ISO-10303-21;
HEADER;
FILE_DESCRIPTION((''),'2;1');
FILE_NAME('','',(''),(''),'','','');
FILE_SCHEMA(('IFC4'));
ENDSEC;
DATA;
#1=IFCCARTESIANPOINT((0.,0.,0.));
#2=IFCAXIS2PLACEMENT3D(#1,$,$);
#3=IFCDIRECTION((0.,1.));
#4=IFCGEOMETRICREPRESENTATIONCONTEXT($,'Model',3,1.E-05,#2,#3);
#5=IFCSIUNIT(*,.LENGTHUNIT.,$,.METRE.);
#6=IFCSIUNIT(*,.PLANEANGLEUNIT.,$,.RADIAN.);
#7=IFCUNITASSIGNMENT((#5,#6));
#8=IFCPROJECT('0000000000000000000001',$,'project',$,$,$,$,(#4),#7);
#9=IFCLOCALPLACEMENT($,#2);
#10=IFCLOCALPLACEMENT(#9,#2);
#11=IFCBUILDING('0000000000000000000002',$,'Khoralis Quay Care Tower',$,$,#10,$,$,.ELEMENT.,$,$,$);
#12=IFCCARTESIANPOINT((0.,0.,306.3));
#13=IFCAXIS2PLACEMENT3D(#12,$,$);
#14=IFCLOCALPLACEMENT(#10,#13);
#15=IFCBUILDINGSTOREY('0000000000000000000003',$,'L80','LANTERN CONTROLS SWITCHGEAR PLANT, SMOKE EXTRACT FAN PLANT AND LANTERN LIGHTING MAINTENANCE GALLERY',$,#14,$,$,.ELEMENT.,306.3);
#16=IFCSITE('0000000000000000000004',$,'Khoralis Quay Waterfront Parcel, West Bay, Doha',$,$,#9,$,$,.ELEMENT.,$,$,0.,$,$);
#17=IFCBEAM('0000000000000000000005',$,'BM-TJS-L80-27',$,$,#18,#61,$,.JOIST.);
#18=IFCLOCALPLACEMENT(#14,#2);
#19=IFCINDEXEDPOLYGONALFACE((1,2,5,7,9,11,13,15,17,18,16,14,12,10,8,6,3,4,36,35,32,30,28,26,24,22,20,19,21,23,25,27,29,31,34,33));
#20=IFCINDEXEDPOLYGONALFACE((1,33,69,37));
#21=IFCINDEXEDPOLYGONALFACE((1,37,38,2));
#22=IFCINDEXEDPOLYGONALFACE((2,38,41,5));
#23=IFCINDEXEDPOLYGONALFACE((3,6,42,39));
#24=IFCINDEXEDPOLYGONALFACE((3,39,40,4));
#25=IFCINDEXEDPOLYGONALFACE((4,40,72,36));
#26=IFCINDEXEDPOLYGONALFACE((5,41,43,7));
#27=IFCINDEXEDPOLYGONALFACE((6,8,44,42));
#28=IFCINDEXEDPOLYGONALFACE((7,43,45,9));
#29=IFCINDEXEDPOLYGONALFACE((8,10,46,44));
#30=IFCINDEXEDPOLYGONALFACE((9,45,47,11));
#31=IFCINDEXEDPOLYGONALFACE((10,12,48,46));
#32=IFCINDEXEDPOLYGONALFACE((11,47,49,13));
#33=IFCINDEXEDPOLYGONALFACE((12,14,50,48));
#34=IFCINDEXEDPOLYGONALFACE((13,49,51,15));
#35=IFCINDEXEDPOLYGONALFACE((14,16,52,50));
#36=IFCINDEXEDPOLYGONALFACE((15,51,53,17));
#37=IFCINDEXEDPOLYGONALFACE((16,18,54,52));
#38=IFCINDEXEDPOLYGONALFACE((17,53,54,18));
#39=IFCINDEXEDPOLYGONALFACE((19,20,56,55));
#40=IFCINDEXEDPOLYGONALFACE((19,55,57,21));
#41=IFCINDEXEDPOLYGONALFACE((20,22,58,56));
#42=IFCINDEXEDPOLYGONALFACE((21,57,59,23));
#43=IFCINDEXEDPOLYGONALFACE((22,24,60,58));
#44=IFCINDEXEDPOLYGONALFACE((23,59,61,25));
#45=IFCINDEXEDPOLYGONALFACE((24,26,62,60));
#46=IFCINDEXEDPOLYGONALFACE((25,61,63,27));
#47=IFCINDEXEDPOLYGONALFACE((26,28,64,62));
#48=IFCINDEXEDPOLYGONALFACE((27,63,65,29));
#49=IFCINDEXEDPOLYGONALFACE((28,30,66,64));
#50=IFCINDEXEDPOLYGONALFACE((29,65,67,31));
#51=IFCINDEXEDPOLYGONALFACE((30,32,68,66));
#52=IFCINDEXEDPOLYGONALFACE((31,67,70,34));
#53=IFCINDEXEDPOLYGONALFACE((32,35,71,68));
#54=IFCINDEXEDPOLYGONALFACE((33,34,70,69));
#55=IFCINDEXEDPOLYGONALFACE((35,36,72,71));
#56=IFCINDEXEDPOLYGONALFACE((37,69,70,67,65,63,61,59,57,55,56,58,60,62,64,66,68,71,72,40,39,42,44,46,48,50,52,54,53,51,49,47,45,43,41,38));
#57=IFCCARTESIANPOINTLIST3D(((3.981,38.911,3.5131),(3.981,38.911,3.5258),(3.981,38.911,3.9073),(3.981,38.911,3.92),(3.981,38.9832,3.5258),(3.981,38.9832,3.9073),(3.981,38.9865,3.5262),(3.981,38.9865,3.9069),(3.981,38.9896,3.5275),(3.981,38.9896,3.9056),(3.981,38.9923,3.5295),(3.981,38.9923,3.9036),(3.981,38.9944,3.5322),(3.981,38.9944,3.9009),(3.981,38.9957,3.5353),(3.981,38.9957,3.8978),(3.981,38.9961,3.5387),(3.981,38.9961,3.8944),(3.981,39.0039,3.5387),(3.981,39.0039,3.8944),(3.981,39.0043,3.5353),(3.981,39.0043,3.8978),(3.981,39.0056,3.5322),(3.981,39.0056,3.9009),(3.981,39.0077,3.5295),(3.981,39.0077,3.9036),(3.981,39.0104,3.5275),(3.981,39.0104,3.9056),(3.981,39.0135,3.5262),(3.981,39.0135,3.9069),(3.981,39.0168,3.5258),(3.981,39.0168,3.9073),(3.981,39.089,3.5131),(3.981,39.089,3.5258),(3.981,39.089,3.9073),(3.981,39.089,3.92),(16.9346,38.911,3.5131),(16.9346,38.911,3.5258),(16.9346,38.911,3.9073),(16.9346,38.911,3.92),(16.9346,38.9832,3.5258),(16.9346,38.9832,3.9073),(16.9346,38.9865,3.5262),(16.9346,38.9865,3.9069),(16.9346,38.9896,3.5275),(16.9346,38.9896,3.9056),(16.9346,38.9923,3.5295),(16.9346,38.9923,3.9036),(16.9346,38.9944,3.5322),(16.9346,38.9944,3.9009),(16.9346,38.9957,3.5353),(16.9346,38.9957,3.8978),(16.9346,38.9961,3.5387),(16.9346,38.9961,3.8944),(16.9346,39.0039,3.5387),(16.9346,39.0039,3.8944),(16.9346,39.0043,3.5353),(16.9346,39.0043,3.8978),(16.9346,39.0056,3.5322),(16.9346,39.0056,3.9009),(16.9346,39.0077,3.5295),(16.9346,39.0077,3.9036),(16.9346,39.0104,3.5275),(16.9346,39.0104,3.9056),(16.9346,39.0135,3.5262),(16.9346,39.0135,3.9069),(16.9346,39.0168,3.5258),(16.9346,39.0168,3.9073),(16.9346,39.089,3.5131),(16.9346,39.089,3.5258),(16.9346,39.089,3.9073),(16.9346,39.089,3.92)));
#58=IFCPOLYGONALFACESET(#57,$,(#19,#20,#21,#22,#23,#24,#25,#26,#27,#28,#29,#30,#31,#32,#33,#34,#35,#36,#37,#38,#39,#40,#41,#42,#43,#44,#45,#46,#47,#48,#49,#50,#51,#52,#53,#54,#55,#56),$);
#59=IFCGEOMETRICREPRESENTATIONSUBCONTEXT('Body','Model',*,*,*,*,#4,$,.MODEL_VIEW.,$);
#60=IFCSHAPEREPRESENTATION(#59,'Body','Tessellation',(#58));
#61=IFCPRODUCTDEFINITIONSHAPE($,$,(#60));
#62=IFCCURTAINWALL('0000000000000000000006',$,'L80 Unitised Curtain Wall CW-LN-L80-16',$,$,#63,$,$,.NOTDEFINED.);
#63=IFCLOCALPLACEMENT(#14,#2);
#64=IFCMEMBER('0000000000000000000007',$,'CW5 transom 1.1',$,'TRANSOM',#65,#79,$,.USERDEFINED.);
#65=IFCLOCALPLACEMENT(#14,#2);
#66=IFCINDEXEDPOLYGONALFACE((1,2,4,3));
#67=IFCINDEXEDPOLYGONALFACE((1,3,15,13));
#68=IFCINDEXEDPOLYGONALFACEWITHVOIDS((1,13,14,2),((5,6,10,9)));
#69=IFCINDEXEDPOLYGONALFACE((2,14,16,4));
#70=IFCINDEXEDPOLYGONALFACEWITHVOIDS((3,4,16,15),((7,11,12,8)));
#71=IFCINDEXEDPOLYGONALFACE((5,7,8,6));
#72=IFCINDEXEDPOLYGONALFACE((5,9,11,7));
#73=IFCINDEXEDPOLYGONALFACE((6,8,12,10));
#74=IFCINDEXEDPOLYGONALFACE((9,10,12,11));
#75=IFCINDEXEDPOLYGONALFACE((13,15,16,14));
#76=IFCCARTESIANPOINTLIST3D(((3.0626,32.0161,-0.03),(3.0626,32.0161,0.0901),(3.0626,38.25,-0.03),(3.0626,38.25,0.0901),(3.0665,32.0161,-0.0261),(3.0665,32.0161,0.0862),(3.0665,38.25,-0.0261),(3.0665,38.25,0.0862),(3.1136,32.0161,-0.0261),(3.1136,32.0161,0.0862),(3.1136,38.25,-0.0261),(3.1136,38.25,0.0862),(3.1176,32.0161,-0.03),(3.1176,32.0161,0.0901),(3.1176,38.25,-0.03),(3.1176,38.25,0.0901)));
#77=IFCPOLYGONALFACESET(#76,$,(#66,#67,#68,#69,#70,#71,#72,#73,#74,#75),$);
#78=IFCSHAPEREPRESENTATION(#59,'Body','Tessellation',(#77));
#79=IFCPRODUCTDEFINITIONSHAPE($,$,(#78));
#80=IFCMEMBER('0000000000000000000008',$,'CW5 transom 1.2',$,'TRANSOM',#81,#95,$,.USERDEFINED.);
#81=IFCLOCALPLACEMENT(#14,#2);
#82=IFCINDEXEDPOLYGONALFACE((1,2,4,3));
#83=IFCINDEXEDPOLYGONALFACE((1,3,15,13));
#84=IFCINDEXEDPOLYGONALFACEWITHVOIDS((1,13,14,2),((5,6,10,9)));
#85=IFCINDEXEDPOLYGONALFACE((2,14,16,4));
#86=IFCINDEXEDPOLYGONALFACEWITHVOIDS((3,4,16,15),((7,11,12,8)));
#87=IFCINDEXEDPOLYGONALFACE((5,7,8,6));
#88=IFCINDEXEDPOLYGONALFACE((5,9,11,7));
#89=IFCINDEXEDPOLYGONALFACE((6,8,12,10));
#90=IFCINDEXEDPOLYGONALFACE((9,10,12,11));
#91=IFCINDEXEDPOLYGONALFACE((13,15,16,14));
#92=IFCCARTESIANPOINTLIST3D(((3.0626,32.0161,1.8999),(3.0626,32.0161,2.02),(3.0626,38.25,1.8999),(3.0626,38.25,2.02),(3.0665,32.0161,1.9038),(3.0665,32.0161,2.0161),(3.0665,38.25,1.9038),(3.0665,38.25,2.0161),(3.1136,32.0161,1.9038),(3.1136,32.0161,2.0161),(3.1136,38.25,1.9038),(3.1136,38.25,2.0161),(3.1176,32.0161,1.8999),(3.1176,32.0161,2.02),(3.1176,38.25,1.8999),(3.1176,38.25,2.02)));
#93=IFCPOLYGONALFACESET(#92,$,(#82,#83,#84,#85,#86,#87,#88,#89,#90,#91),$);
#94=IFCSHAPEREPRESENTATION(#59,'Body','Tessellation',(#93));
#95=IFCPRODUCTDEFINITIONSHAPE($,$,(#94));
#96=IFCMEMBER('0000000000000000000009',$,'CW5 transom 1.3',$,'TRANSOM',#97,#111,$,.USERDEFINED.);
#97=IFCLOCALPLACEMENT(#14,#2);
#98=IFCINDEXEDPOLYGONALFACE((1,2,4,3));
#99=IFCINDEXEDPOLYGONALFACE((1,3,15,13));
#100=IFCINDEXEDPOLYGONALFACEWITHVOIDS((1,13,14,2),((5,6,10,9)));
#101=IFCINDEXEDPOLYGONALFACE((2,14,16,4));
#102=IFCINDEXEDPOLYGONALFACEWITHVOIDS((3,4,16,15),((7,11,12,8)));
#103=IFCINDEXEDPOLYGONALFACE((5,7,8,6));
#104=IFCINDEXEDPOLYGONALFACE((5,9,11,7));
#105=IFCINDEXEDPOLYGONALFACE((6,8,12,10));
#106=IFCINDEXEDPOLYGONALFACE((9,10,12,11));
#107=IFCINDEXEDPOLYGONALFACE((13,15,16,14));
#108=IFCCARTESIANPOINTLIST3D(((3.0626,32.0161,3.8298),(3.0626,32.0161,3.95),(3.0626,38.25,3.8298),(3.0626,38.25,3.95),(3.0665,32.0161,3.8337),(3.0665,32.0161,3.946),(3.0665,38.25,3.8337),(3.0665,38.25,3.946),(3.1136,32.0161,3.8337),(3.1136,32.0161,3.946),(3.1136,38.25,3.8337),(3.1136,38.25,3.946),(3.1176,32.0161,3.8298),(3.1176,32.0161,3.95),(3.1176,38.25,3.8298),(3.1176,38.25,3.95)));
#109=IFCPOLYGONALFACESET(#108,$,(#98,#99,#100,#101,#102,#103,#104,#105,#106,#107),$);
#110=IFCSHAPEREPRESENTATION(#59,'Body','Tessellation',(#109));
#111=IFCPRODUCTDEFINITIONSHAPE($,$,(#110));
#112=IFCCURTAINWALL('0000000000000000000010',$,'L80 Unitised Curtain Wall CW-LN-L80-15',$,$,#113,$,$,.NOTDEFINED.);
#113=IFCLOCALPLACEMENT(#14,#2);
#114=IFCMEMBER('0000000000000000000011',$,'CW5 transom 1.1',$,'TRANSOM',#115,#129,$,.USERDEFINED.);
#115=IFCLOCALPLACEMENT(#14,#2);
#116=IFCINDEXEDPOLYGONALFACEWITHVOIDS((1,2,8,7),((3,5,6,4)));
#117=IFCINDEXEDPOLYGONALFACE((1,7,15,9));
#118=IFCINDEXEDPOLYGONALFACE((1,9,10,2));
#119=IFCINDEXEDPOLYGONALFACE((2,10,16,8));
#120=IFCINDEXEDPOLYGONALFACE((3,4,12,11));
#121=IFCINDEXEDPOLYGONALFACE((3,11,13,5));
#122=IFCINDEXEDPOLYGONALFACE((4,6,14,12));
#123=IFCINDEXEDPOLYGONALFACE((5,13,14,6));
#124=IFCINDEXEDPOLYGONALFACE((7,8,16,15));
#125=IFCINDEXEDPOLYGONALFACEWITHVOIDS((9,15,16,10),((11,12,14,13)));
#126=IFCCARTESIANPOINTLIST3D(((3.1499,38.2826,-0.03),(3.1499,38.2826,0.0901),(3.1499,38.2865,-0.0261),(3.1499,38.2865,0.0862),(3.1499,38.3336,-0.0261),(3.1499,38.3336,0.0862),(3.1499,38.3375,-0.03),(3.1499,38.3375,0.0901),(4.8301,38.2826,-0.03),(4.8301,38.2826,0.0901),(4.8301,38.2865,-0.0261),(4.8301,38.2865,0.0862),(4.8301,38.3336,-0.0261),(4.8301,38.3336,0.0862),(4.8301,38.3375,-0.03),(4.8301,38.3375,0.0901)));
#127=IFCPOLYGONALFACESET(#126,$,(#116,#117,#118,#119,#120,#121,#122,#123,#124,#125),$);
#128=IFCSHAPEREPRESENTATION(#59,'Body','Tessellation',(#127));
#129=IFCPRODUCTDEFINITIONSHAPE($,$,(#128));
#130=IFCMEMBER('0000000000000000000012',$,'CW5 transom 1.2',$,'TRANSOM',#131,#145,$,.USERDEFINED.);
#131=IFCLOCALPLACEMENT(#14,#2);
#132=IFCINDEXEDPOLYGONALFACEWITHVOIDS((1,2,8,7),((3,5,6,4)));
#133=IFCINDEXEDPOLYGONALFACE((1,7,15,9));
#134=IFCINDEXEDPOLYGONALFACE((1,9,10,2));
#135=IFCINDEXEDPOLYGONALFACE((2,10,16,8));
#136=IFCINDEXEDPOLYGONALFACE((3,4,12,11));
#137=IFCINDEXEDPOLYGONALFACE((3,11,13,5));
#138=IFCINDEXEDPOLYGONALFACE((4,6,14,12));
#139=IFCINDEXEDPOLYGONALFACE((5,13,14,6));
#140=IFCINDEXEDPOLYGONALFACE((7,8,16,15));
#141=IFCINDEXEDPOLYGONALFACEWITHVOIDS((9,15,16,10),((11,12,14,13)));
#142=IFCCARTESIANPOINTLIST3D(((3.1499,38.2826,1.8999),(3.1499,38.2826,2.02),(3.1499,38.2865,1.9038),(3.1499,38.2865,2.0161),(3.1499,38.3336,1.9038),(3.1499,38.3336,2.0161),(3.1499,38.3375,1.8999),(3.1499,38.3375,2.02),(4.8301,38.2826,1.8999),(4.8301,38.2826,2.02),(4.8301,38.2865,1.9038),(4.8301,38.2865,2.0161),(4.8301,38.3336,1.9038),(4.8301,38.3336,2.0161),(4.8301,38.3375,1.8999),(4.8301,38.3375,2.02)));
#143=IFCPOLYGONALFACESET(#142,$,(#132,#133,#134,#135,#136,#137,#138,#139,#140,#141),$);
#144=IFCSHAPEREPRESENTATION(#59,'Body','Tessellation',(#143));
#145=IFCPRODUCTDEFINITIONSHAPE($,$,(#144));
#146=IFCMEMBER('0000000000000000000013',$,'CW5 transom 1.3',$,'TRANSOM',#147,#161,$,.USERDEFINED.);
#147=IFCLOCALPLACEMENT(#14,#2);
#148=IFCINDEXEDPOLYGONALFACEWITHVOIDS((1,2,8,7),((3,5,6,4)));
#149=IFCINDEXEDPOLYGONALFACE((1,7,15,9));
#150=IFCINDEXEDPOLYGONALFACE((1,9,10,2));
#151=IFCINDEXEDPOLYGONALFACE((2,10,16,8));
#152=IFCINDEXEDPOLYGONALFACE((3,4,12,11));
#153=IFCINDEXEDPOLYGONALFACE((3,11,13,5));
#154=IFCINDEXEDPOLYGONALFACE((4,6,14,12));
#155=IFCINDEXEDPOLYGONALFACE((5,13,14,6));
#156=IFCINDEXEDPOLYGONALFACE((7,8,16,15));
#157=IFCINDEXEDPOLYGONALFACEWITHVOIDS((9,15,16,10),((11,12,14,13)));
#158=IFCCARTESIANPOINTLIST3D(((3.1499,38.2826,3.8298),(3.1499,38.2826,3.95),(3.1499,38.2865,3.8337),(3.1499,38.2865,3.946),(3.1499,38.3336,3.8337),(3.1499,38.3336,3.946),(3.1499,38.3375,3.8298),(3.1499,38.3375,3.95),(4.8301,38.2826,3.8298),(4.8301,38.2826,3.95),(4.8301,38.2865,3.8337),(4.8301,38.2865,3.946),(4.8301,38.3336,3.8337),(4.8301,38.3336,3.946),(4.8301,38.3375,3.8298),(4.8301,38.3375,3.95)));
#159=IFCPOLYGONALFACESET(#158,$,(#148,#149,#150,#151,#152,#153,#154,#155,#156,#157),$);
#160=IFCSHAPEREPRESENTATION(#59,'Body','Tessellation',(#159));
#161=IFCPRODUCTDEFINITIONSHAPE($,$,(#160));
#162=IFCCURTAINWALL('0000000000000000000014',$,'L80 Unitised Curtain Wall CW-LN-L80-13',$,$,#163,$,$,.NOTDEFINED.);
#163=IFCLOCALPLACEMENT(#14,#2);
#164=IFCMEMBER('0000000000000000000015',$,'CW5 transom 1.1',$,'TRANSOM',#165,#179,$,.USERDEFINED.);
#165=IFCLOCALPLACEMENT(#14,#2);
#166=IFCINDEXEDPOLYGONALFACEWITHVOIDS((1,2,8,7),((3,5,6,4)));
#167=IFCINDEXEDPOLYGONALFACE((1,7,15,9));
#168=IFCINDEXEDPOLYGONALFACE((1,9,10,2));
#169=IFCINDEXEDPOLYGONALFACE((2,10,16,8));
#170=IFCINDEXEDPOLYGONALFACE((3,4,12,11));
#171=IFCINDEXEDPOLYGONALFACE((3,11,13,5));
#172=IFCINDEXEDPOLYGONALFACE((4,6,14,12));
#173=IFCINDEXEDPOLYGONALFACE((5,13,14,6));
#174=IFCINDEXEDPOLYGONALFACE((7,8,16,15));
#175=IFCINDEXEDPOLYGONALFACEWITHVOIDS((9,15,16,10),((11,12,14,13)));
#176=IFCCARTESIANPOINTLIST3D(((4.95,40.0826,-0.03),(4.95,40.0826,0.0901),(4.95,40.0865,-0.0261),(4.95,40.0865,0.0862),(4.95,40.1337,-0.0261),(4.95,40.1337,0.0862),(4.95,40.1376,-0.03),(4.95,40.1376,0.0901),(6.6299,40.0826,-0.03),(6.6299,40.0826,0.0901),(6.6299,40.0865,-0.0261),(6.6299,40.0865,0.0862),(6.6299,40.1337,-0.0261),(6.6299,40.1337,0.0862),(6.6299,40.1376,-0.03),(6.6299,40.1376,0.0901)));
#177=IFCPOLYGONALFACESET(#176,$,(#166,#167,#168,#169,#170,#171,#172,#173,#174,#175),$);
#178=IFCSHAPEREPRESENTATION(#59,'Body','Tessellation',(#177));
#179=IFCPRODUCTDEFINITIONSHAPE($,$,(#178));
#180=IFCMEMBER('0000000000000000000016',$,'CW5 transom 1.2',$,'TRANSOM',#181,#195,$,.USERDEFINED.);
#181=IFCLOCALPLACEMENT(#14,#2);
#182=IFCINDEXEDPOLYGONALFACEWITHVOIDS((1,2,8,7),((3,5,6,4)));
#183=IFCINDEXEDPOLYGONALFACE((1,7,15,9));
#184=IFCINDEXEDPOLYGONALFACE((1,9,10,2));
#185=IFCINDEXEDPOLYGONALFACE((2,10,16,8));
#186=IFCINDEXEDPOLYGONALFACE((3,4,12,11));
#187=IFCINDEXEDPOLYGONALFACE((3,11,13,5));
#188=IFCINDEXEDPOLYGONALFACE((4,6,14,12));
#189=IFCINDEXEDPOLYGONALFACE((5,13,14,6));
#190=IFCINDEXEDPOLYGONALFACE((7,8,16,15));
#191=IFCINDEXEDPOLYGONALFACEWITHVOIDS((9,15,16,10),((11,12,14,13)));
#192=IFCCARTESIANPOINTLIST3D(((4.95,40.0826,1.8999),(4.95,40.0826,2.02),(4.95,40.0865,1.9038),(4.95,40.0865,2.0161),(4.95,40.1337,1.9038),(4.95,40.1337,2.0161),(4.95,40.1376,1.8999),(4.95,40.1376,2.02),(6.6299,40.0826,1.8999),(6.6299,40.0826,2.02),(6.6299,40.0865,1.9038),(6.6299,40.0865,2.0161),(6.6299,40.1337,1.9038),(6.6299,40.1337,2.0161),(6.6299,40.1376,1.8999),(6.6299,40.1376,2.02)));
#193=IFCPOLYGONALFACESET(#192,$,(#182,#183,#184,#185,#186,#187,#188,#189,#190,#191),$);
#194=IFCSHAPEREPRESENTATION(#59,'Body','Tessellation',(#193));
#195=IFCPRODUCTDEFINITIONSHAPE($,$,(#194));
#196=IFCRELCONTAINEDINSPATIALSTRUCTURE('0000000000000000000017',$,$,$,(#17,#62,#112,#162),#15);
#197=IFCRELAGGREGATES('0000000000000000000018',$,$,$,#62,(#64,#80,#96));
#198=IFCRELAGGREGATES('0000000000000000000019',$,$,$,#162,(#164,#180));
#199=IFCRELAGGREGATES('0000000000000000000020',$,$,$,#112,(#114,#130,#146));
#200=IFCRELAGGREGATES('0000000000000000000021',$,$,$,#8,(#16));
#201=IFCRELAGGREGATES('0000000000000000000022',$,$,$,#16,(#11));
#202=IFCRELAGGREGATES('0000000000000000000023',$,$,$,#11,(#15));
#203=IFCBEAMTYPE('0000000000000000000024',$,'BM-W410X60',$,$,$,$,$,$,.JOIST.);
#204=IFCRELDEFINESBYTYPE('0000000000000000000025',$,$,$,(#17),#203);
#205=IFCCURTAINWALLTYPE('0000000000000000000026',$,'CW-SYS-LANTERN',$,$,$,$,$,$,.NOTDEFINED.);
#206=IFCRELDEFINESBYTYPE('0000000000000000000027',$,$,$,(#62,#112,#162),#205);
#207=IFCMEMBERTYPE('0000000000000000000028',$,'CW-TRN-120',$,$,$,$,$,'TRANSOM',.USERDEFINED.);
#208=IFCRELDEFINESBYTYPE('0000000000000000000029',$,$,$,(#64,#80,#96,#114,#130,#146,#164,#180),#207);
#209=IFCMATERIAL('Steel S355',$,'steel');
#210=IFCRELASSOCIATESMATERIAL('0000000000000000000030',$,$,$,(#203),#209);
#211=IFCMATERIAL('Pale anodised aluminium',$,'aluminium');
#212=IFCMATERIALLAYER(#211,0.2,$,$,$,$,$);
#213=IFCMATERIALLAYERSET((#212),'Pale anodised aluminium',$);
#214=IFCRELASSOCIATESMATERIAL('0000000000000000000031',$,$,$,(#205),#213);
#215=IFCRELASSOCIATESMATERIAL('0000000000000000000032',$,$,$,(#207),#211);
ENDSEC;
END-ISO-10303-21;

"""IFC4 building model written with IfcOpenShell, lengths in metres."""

from ifc_helpers import new_model, si_unit, direction, frame, origin, origin_2d, place, context, subcontext, project, spatial, hollow_rectangle, i_section, extrude, source, transform, mapped, material, layer, layer_set, material_profile, profile_set, type_object, element, aggregate, save


model = new_model("IFC4")

# Units and contexts
model_context = context("Model", 3, precision=1e-05, world=origin(), true_north=direction((0.0, 1.0)))
body_context = subcontext(model_context, "Body", "Model", "MODEL_VIEW")
ifc_project = project(units=[si_unit("LENGTHUNIT", "METRE"), si_unit("PLANEANGLEUNIT", "RADIAN")], contexts=[model_context])

# Site, building, storey
site_placement = place(None, origin())
site = spatial("IfcSite", under=ifc_project, at=site_placement, Name="Khoralis Quay Waterfront Parcel, West Bay, Doha", CompositionType="ELEMENT", RefElevation=0.0)
building_placement = place(site_placement, origin())
building = spatial("IfcBuilding", under=site, at=building_placement, Name="Khoralis Quay Care Tower", CompositionType="ELEMENT")
storey_placement = place(building_placement, frame((0.0, 0.0, 306.3)))
storey = spatial("IfcBuildingStorey", under=building, at=storey_placement, Name="L80", Description="LANTERN CONTROLS SWITCHGEAR PLANT, SMOKE EXTRACT FAN PLANT AND LANTERN LIGHTING MAINTENANCE GALLERY", CompositionType="ELEMENT", Elevation=306.3)

# Beam
ifc_material_1 = material(Name="Steel S355", Category="steel")
ifc_material_profile_1 = material_profile(ifc_material_1, i_section(OverallWidth=0.178, OverallDepth=0.407, WebThickness=0.0078, FlangeThickness=0.0127, FilletRadius=0.0129, at=origin_2d()), Name="Steel S355")
ifc_profile_set_1 = profile_set([ifc_material_profile_1], Name="Steel S355")
beam_type = type_object("IfcBeamType", Name="BM-W410X60", PredefinedType="JOIST", material=ifc_profile_set_1)
shared_shape_1 = source(origin(), body_context, "Body", "SweptSolid", [
    extrude(i_section(OverallWidth=0.178, OverallDepth=0.407, WebThickness=0.0078, FlangeThickness=0.0127, FilletRadius=0.0129, at=origin_2d()), origin(), (0.0, 0.0, 1.0), 12.9536),
])
beam_placement = place(storey_placement, frame((3.981, 39.0, 3.7166), z_axis=(1.0, 0.0, 0.0), x_axis=(0.0, 1.0, 0.0)))
element("IfcBeam", 1, at=beam_placement, inside=storey, type_object=beam_type, Name="BM-TJS-L80-27", PredefinedType="JOIST", context=body_context, shape_type="MappedRepresentation", body=[
    mapped(shared_shape_1, transform((0.0, 0.0, 0.0), scale=1.0)),
])

# Curtain walls, members
ifc_material_2 = material(Name="Pale anodised aluminium", Category="aluminium")
ifc_layer_1 = layer(ifc_material_2, 0.2)
ifc_layer_set_1 = layer_set([ifc_layer_1], Name="Pale anodised aluminium")
curtain_wall_type = type_object("IfcCurtainWallType", Name="CW-SYS-LANTERN", PredefinedType="NOTDEFINED", material=ifc_layer_set_1)
curtain_wall_1_placement = place(storey_placement, origin())
curtain_wall_1 = element("IfcCurtainWall", 2, at=curtain_wall_1_placement, inside=storey, type_object=curtain_wall_type, Name="L80 Unitised Curtain Wall CW-LN-L80-16", PredefinedType="NOTDEFINED")
ifc_material_profile_2 = material_profile(ifc_material_2, hollow_rectangle(XDim=0.0549, YDim=0.1201, WallThickness=0.0039, at=origin_2d()), Name="Pale anodised aluminium")
ifc_profile_set_2 = profile_set([ifc_material_profile_2], Name="Pale anodised aluminium")
member_type_1 = type_object("IfcMemberType", Name="CW-TRN-120", ElementType="TRANSOM", PredefinedType="USERDEFINED", material=ifc_profile_set_2)
shared_shape_2 = source(origin(), body_context, "Body", "SweptSolid", [
    extrude(hollow_rectangle(XDim=0.0549, YDim=0.1201, WallThickness=0.0039, at=origin_2d()), origin(), (0.0, 0.0, 1.0), 6.2339),
])
member_1_placement = place(storey_placement, frame((3.0901, 38.25, 0.03), z_axis=(0.0, -1.0, 0.0), x_axis=(1.0, 0.0, 0.0)))
member_1 = element("IfcMember", 3, at=member_1_placement, type_object=member_type_1, Name="CW5 transom 1.1", ObjectType="TRANSOM", PredefinedType="USERDEFINED", context=body_context, shape_type="MappedRepresentation", body=[
    mapped(shared_shape_2, transform((0.0, 0.0, 0.0), scale=1.0)),
])
member_2_placement = place(storey_placement, frame((3.0901, 38.25, 1.96), z_axis=(0.0, -1.0, 0.0), x_axis=(1.0, 0.0, 0.0)))
member_2 = element("IfcMember", 4, at=member_2_placement, type_object=member_type_1, Name="CW5 transom 1.2", ObjectType="TRANSOM", PredefinedType="USERDEFINED", context=body_context, shape_type="MappedRepresentation", body=[
    mapped(shared_shape_2, transform((0.0, 0.0, 0.0), scale=1.0)),
])
member_3_placement = place(storey_placement, frame((3.0901, 38.25, 3.8899), z_axis=(0.0, -1.0, 0.0), x_axis=(1.0, 0.0, 0.0)))
member_3 = element("IfcMember", 5, at=member_3_placement, type_object=member_type_1, Name="CW5 transom 1.3", ObjectType="TRANSOM", PredefinedType="USERDEFINED", context=body_context, shape_type="MappedRepresentation", body=[
    mapped(shared_shape_2, transform((0.0, 0.0, 0.0), scale=1.0)),
])
curtain_wall_2_placement = place(storey_placement, origin())
curtain_wall_2 = element("IfcCurtainWall", 6, at=curtain_wall_2_placement, inside=storey, type_object=curtain_wall_type, Name="L80 Unitised Curtain Wall CW-LN-L80-15", PredefinedType="NOTDEFINED")
shared_shape_3 = source(origin(), body_context, "Body", "SweptSolid", [
    extrude(hollow_rectangle(XDim=0.0549, YDim=0.1201, WallThickness=0.0039, at=origin_2d()), origin(), (0.0, 0.0, 1.0), 1.6802),
])
member_4_placement = place(storey_placement, frame((4.8301, 38.3101, 0.03), z_axis=(-1.0, 0.0, 0.0), x_axis=(0.0, -1.0, 0.0)))
member_4 = element("IfcMember", 7, at=member_4_placement, type_object=member_type_1, Name="CW5 transom 1.1", ObjectType="TRANSOM", PredefinedType="USERDEFINED", context=body_context, shape_type="MappedRepresentation", body=[
    mapped(shared_shape_3, transform((0.0, 0.0, 0.0), scale=1.0)),
])
member_5_placement = place(storey_placement, frame((4.8301, 38.3101, 1.96), z_axis=(-1.0, 0.0, 0.0), x_axis=(0.0, -1.0, 0.0)))
member_5 = element("IfcMember", 8, at=member_5_placement, type_object=member_type_1, Name="CW5 transom 1.2", ObjectType="TRANSOM", PredefinedType="USERDEFINED", context=body_context, shape_type="MappedRepresentation", body=[
    mapped(shared_shape_3, transform((0.0, 0.0, 0.0), scale=1.0)),
])
member_6_placement = place(storey_placement, frame((4.8301, 38.3101, 3.8899), z_axis=(-1.0, 0.0, 0.0), x_axis=(0.0, -1.0, 0.0)))
member_6 = element("IfcMember", 9, at=member_6_placement, type_object=member_type_1, Name="CW5 transom 1.3", ObjectType="TRANSOM", PredefinedType="USERDEFINED", context=body_context, shape_type="MappedRepresentation", body=[
    mapped(shared_shape_3, transform((0.0, 0.0, 0.0), scale=1.0)),
])
curtain_wall_3_placement = place(storey_placement, origin())
curtain_wall_3 = element("IfcCurtainWall", 10, at=curtain_wall_3_placement, inside=storey, type_object=curtain_wall_type, Name="L80 Unitised Curtain Wall CW-LN-L80-13", PredefinedType="NOTDEFINED")
shared_shape_4 = source(origin(), body_context, "Body", "SweptSolid", [
    extrude(hollow_rectangle(XDim=0.0549, YDim=0.1201, WallThickness=0.0039, at=origin_2d()), origin(), (0.0, 0.0, 1.0), 1.6799),
])
member_7_placement = place(storey_placement, frame((6.6299, 40.1101, 0.03), z_axis=(-1.0, 0.0, 0.0), x_axis=(0.0, -1.0, 0.0)))
member_7 = element("IfcMember", 11, at=member_7_placement, type_object=member_type_1, Name="CW5 transom 1.1", ObjectType="TRANSOM", PredefinedType="USERDEFINED", context=body_context, shape_type="MappedRepresentation", body=[
    mapped(shared_shape_4, transform((0.0, 0.0, 0.0), scale=1.0)),
])
member_8_placement = place(storey_placement, frame((6.6299, 40.1101, 1.96), z_axis=(-1.0, 0.0, 0.0), x_axis=(0.0, -1.0, 0.0)))
member_8 = element("IfcMember", 12, at=member_8_placement, type_object=member_type_1, Name="CW5 transom 1.2", ObjectType="TRANSOM", PredefinedType="USERDEFINED", context=body_context, shape_type="MappedRepresentation", body=[
    mapped(shared_shape_4, transform((0.0, 0.0, 0.0), scale=1.0)),
])

aggregate(curtain_wall_1, [member_1, member_2, member_3])

aggregate(curtain_wall_3, [member_7, member_8])
aggregate(curtain_wall_2, [member_4, member_5, member_6])

save(model, "model.ifc")
